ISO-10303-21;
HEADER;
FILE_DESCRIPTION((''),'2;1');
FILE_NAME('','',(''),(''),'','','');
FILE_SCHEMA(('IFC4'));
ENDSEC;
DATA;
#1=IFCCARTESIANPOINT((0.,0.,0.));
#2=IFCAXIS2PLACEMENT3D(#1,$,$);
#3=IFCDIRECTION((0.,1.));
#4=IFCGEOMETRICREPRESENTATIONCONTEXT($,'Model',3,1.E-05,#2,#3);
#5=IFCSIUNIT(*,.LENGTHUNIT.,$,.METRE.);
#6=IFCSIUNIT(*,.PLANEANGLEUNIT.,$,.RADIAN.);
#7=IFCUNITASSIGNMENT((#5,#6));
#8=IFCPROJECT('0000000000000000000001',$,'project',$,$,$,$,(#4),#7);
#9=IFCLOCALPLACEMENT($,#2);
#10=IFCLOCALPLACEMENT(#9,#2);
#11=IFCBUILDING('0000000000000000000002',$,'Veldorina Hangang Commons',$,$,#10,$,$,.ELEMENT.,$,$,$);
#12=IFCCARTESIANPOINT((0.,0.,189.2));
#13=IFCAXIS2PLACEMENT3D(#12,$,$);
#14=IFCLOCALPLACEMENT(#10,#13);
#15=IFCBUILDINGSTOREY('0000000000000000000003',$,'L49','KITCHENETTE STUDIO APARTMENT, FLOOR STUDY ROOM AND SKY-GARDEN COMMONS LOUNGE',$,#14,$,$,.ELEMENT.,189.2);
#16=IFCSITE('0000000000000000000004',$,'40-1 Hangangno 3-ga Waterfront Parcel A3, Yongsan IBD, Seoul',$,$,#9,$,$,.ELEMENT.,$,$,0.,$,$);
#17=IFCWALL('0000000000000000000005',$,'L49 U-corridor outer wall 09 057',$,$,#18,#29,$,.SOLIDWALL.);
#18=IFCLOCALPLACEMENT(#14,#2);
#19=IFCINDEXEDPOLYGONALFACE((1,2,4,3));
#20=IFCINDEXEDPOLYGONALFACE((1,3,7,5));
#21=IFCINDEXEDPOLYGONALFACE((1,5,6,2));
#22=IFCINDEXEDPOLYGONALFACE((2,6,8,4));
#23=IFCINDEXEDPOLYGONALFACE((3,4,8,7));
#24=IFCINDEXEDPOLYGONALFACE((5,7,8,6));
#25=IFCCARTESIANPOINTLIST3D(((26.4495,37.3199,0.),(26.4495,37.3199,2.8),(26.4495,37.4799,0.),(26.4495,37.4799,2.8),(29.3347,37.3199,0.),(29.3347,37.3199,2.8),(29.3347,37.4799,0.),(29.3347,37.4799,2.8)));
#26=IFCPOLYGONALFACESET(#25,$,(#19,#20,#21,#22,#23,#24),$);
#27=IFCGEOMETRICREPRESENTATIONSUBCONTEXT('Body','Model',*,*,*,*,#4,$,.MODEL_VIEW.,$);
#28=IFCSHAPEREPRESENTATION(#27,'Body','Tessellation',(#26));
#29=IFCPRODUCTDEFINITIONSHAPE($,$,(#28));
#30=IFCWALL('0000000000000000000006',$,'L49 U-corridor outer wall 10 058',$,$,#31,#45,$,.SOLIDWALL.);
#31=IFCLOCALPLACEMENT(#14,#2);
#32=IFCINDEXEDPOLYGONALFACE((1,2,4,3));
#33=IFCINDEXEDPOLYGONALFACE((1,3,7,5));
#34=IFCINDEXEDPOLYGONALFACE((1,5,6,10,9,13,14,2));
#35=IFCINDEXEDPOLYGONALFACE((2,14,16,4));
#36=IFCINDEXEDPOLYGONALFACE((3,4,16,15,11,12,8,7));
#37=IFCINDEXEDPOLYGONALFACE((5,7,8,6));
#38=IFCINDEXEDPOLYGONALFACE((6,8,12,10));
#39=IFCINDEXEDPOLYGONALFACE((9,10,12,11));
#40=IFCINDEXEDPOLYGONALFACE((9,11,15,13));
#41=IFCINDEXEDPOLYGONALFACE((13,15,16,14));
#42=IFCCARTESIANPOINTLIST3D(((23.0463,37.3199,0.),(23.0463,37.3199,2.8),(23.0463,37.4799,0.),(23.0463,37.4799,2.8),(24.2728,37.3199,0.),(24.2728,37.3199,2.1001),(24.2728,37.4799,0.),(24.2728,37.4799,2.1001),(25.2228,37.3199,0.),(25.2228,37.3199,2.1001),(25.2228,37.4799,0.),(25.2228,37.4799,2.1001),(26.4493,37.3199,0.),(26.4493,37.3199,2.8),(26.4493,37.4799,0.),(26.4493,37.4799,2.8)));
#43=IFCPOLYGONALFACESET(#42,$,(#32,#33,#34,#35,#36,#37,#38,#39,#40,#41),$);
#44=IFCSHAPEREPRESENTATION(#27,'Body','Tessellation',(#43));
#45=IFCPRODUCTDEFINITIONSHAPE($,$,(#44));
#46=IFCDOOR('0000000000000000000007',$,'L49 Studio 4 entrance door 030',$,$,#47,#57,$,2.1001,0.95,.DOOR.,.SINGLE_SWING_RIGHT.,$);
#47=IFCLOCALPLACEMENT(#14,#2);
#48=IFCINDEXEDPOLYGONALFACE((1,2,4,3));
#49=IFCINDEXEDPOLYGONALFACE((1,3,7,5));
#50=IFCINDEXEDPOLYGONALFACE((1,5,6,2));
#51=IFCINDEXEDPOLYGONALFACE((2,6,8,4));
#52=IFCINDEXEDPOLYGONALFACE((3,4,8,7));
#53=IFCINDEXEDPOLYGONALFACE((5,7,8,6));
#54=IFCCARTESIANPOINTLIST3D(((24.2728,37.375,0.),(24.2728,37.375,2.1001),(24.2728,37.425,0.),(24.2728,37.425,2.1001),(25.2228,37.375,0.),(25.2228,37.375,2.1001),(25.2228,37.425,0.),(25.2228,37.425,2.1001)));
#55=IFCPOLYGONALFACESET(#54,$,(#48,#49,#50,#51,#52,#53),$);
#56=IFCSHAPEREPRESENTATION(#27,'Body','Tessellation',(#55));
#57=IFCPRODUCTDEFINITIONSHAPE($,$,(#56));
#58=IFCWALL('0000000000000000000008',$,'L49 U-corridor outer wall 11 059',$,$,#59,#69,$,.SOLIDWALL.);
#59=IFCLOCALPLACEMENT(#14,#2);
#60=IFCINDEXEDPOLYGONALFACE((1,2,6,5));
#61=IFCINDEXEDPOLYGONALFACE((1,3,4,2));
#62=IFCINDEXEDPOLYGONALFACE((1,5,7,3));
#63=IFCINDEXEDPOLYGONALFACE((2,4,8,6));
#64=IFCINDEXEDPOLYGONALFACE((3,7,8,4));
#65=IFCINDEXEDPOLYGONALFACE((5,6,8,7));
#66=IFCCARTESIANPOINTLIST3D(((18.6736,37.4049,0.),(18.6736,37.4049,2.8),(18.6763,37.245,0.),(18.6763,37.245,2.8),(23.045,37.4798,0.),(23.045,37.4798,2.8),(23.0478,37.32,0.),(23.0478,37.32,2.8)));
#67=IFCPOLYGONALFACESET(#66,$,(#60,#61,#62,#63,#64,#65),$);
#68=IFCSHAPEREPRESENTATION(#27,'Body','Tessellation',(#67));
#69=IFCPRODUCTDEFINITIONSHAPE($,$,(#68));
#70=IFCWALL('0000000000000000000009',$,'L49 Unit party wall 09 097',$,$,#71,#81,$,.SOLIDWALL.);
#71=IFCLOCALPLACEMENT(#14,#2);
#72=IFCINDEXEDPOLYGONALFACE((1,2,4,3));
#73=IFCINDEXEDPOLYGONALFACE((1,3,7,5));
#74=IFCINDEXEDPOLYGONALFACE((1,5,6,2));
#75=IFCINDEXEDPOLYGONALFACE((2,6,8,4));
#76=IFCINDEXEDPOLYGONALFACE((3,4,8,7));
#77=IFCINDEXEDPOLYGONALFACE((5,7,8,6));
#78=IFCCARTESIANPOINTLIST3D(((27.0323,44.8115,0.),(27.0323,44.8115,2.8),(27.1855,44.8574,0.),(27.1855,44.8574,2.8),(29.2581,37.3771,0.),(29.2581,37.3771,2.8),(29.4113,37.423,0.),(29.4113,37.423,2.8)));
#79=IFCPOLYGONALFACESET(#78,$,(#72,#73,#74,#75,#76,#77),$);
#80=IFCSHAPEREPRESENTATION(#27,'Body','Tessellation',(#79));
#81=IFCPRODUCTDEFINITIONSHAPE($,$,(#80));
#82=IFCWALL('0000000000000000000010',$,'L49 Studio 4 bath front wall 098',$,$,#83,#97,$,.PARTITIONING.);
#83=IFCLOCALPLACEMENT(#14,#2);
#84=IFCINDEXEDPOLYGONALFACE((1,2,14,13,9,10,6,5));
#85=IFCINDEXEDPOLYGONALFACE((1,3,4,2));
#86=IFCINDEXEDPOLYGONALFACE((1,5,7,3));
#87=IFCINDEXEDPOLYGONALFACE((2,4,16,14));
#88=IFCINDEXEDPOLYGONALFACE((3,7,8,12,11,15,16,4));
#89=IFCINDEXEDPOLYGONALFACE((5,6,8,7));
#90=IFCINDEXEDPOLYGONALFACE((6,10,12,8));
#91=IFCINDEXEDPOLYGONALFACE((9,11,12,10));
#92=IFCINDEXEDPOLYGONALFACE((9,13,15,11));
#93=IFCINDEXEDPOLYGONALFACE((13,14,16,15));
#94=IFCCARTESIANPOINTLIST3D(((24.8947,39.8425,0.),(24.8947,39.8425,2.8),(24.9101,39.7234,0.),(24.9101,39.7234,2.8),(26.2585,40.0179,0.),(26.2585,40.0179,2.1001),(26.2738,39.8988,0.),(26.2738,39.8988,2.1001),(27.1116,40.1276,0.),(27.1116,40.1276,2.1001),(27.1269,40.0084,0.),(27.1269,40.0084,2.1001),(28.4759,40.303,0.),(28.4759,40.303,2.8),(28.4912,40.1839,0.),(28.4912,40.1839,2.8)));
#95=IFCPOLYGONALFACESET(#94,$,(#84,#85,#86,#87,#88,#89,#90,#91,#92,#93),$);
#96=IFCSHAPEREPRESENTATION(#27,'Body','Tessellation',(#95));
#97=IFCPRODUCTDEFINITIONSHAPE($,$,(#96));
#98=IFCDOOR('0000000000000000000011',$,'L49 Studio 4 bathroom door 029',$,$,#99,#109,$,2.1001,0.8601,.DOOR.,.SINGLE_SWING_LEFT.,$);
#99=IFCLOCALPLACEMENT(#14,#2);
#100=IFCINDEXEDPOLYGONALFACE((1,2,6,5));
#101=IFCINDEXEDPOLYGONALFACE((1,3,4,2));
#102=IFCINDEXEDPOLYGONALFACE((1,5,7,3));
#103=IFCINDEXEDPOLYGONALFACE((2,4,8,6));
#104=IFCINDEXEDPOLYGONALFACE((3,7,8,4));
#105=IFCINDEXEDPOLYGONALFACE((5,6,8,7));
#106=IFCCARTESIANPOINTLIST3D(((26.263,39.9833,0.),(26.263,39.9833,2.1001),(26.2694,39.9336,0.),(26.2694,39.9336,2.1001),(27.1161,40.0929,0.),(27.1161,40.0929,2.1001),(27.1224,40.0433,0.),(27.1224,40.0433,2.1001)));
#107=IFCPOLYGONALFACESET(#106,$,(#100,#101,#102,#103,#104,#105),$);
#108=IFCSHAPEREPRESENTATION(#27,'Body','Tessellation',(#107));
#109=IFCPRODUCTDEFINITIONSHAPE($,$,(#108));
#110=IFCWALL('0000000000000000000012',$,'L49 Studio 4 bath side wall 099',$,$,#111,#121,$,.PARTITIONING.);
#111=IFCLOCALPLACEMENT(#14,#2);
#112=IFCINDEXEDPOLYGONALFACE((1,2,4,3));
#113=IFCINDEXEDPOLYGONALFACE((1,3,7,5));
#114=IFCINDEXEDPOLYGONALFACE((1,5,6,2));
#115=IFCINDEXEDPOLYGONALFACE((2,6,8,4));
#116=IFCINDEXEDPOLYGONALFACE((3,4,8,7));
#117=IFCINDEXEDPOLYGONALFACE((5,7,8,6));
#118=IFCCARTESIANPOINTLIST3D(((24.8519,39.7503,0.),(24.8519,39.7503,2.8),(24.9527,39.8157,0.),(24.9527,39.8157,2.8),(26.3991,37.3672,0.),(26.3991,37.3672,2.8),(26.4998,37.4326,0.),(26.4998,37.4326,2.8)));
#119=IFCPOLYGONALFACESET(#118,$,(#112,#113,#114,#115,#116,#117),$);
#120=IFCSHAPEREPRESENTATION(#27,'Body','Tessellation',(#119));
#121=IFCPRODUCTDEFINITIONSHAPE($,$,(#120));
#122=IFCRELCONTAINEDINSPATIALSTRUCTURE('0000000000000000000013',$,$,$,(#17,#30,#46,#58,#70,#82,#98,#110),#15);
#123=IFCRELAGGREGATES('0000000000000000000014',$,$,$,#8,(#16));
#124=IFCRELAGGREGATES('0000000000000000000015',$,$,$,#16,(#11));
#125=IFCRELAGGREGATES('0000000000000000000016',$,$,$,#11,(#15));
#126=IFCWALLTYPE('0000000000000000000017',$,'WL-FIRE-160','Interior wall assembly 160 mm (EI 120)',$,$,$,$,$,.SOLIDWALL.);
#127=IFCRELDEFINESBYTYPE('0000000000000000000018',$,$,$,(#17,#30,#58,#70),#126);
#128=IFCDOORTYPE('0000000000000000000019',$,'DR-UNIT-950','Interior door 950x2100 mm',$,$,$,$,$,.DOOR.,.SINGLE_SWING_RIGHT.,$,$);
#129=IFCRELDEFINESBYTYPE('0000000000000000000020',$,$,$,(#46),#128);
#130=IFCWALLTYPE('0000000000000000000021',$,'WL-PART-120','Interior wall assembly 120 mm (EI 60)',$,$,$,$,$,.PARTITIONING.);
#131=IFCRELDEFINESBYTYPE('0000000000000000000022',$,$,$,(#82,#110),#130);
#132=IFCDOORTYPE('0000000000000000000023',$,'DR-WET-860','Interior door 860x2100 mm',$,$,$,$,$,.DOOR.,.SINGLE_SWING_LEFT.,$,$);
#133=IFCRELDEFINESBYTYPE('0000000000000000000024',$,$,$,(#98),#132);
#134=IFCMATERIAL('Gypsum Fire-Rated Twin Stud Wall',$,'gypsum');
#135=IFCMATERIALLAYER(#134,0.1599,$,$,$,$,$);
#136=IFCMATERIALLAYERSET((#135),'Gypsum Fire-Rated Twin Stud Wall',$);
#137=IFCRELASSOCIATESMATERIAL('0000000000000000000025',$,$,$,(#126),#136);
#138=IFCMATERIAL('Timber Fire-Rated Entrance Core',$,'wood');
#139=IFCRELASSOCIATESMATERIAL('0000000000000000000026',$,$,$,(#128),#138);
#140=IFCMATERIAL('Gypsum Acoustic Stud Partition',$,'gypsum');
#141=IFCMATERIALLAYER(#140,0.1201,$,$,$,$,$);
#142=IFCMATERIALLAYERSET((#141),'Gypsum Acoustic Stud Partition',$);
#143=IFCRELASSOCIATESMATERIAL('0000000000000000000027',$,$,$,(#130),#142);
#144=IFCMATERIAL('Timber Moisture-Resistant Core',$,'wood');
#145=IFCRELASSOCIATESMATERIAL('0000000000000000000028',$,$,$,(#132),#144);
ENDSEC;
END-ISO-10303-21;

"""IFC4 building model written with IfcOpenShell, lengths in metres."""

from ifc_helpers import new_model, si_unit, direction, frame, frame_2d, origin, place, context, subcontext, project, spatial, rectangle, extrude, material, layer, layer_set, type_object, element, fill, save


model = new_model("IFC4")

# Units and contexts
model_context = context("Model", 3, precision=1e-05, world=origin(), true_north=direction((0.0, 1.0)))
body_context = subcontext(model_context, "Body", "Model", "MODEL_VIEW")
ifc_project = project(units=[si_unit("LENGTHUNIT", "METRE"), si_unit("PLANEANGLEUNIT", "RADIAN")], contexts=[model_context])

# Site, building, storey
site_placement = place(None, origin())
site = spatial("IfcSite", under=ifc_project, at=site_placement, Name="40-1 Hangangno 3-ga Waterfront Parcel A3, Yongsan IBD, Seoul", CompositionType="ELEMENT", RefElevation=0.0)
building_placement = place(site_placement, origin())
building = spatial("IfcBuilding", under=site, at=building_placement, Name="Veldorina Hangang Commons", CompositionType="ELEMENT")
storey_placement = place(building_placement, frame((0.0, 0.0, 189.2)))
storey = spatial("IfcBuildingStorey", under=building, at=storey_placement, Name="L49", Description="KITCHENETTE STUDIO APARTMENT, FLOOR STUDY ROOM AND SKY-GARDEN COMMONS LOUNGE", CompositionType="ELEMENT", Elevation=189.2)

# Wall
ifc_material_1 = material(Name="Gypsum Fire-Rated Twin Stud Wall", Category="gypsum")
ifc_layer_1 = layer(ifc_material_1, 0.1599)
ifc_layer_set_1 = layer_set([ifc_layer_1], Name="Gypsum Fire-Rated Twin Stud Wall")
wall_type_1 = type_object("IfcWallType", Name="WL-FIRE-160", Description="Interior wall assembly 160 mm (EI 120)", PredefinedType="SOLIDWALL", material=ifc_layer_set_1)
wall_1_placement = place(storey_placement, frame((29.3347, 37.3999, 0.0), z_axis=(0.0, 0.0, 1.0), x_axis=(-1.0, 0.0, 0.0)))
element("IfcWall", 1, at=wall_1_placement, inside=storey, type_object=wall_type_1, Name="L49 U-corridor outer wall 09 057", PredefinedType="SOLIDWALL", context=body_context, shape_type="SweptSolid", body=[
    extrude(rectangle(XDim=2.8853, YDim=0.1599, at=frame_2d((1.4426, 0.0))), origin(), (0.0, 0.0, 1.0), 2.8),
])

# Wall, opening, door
wall_2_placement = place(storey_placement, frame((26.4495, 37.3999, 0.0), z_axis=(0.0, 0.0, 1.0), x_axis=(-1.0, 0.0, 0.0)))
wall_2 = element("IfcWall", 2, at=wall_2_placement, inside=storey, type_object=wall_type_1, Name="L49 U-corridor outer wall 10 058", PredefinedType="SOLIDWALL", context=body_context, shape_type="SweptSolid", body=[
    extrude(rectangle(XDim=3.4031, YDim=0.1599, at=frame_2d((1.7017, 0.0))), origin(), (0.0, 0.0, 1.0), 2.8),
])
opening_1_placement = place(wall_2_placement, frame((1.2266, 0.0, 0.0)))
opening_1 = element("IfcOpeningElement", 3, at=opening_1_placement, cuts=wall_2, PredefinedType="OPENING", context=body_context, shape_type="SweptSolid", body=[
    extrude(rectangle(XDim=0.95, YDim=2.1001, at=frame_2d((0.4751, 1.05))), frame((0.0, 0.0898, 0.0), z_axis=(0.0, -1.0, 0.0), x_axis=(1.0, 0.0, 0.0)), (0.0, 0.0, 1.0), 0.1799),
])
ifc_material_2 = material(Name="Timber Fire-Rated Entrance Core", Category="wood")
door_type_1 = type_object("IfcDoorType", Name="DR-UNIT-950", Description="Interior door 950x2100 mm", OperationType="SINGLE_SWING_RIGHT", PredefinedType="DOOR", material=ifc_material_2)
door_1_placement = place(opening_1_placement, origin())
door_1 = element("IfcDoor", 4, at=door_1_placement, inside=storey, type_object=door_type_1, Name="L49 Studio 4 entrance door 030", OperationType="SINGLE_SWING_RIGHT", OverallHeight=2.1001, OverallWidth=0.95, PredefinedType="DOOR", context=body_context, shape_type="SweptSolid", body=[
    extrude(rectangle(XDim=0.95, YDim=2.1001, at=frame_2d((0.4751, 1.05))), frame((0.0, 0.0249, 0.0), z_axis=(0.0, -1.0, 0.0), x_axis=(1.0, 0.0, 0.0)), (0.0, 0.0, 1.0), 0.05),
])
fill(opening_1, door_1)

# Walls
wall_3_placement = place(storey_placement, frame((23.0464, 37.3999, 0.0), z_axis=(0.0, 0.0, 1.0), x_axis=(-0.999853, -0.017144, 0.0)))
element("IfcWall", 5, at=wall_3_placement, inside=storey, type_object=wall_type_1, Name="L49 U-corridor outer wall 11 059", PredefinedType="SOLIDWALL", context=body_context, shape_type="SweptSolid", body=[
    extrude(rectangle(XDim=4.3721, YDim=0.1599, at=frame_2d((2.186, 0.0))), origin(), (0.0, 0.0, 1.0), 2.8),
])
wall_4_placement = place(storey_placement, frame((29.3347, 37.3999, 0.0), z_axis=(0.0, 0.0, 1.0), x_axis=(-0.286811, 0.957987, 0.0)))
element("IfcWall", 6, at=wall_4_placement, inside=storey, type_object=wall_type_1, Name="L49 Unit party wall 09 097", PredefinedType="SOLIDWALL", context=body_context, shape_type="SweptSolid", body=[
    extrude(rectangle(XDim=7.7605, YDim=0.1599, at=frame_2d((3.8804, 0.0))), origin(), (0.0, 0.0, 1.0), 2.8),
])

# Wall, opening, door
ifc_material_3 = material(Name="Gypsum Acoustic Stud Partition", Category="gypsum")
ifc_layer_2 = layer(ifc_material_3, 0.1201)
ifc_layer_set_2 = layer_set([ifc_layer_2], Name="Gypsum Acoustic Stud Partition")
wall_type_2 = type_object("IfcWallType", Name="WL-PART-120", Description="Interior wall assembly 120 mm (EI 60)", PredefinedType="PARTITIONING", material=ifc_layer_set_2)
wall_5_placement = place(storey_placement, frame((28.4834, 40.2434, 0.0), z_axis=(0.0, 0.0, 1.0), x_axis=(-0.991835, -0.127529, 0.0)))
wall_5 = element("IfcWall", 7, at=wall_5_placement, inside=storey, type_object=wall_type_2, Name="L49 Studio 4 bath front wall 098", PredefinedType="PARTITIONING", context=body_context, shape_type="SweptSolid", body=[
    extrude(rectangle(XDim=3.6106, YDim=0.1201, at=frame_2d((1.8052, 0.0))), origin(), (0.0, 0.0, 1.0), 2.8),
])
opening_2_placement = place(wall_5_placement, frame((1.3752, 0.0, 0.0)))
opening_2 = element("IfcOpeningElement", 8, at=opening_2_placement, cuts=wall_5, PredefinedType="OPENING", context=body_context, shape_type="SweptSolid", body=[
    extrude(rectangle(XDim=0.8601, YDim=2.1001, at=frame_2d((0.4302, 1.05))), frame((0.0, 0.0701, 0.0), z_axis=(0.0, -1.0, 0.0), x_axis=(1.0, 0.0, 0.0)), (0.0, 0.0, 1.0), 0.1401),
])
ifc_material_4 = material(Name="Timber Moisture-Resistant Core", Category="wood")
door_type_2 = type_object("IfcDoorType", Name="DR-WET-860", Description="Interior door 860x2100 mm", OperationType="SINGLE_SWING_LEFT", PredefinedType="DOOR", material=ifc_material_4)
door_2_placement = place(opening_2_placement, origin())
door_2 = element("IfcDoor", 9, at=door_2_placement, inside=storey, type_object=door_type_2, Name="L49 Studio 4 bathroom door 029", OperationType="SINGLE_SWING_LEFT", OverallHeight=2.1001, OverallWidth=0.8601, PredefinedType="DOOR", context=body_context, shape_type="SweptSolid", body=[
    extrude(rectangle(XDim=0.8601, YDim=2.1001, at=frame_2d((0.4302, 1.05))), frame((0.0, 0.0249, 0.0), z_axis=(0.0, -1.0, 0.0), x_axis=(1.0, 0.0, 0.0)), (0.0, 0.0, 1.0), 0.05),
])
fill(opening_2, door_2)

# Wall
wall_6_placement = place(storey_placement, frame((26.4495, 37.3999, 0.0), z_axis=(0.0, 0.0, 1.0), x_axis=(-0.544526, 0.838744, 0.0)))
element("IfcWall", 10, at=wall_6_placement, inside=storey, type_object=wall_type_2, Name="L49 Studio 4 bath side wall 099", PredefinedType="PARTITIONING", context=body_context, shape_type="SweptSolid", body=[
    extrude(rectangle(XDim=2.8413, YDim=0.1201, at=frame_2d((1.4207, 0.0))), origin(), (0.0, 0.0, 1.0), 2.8),
])

save(model, "model.ifc")
